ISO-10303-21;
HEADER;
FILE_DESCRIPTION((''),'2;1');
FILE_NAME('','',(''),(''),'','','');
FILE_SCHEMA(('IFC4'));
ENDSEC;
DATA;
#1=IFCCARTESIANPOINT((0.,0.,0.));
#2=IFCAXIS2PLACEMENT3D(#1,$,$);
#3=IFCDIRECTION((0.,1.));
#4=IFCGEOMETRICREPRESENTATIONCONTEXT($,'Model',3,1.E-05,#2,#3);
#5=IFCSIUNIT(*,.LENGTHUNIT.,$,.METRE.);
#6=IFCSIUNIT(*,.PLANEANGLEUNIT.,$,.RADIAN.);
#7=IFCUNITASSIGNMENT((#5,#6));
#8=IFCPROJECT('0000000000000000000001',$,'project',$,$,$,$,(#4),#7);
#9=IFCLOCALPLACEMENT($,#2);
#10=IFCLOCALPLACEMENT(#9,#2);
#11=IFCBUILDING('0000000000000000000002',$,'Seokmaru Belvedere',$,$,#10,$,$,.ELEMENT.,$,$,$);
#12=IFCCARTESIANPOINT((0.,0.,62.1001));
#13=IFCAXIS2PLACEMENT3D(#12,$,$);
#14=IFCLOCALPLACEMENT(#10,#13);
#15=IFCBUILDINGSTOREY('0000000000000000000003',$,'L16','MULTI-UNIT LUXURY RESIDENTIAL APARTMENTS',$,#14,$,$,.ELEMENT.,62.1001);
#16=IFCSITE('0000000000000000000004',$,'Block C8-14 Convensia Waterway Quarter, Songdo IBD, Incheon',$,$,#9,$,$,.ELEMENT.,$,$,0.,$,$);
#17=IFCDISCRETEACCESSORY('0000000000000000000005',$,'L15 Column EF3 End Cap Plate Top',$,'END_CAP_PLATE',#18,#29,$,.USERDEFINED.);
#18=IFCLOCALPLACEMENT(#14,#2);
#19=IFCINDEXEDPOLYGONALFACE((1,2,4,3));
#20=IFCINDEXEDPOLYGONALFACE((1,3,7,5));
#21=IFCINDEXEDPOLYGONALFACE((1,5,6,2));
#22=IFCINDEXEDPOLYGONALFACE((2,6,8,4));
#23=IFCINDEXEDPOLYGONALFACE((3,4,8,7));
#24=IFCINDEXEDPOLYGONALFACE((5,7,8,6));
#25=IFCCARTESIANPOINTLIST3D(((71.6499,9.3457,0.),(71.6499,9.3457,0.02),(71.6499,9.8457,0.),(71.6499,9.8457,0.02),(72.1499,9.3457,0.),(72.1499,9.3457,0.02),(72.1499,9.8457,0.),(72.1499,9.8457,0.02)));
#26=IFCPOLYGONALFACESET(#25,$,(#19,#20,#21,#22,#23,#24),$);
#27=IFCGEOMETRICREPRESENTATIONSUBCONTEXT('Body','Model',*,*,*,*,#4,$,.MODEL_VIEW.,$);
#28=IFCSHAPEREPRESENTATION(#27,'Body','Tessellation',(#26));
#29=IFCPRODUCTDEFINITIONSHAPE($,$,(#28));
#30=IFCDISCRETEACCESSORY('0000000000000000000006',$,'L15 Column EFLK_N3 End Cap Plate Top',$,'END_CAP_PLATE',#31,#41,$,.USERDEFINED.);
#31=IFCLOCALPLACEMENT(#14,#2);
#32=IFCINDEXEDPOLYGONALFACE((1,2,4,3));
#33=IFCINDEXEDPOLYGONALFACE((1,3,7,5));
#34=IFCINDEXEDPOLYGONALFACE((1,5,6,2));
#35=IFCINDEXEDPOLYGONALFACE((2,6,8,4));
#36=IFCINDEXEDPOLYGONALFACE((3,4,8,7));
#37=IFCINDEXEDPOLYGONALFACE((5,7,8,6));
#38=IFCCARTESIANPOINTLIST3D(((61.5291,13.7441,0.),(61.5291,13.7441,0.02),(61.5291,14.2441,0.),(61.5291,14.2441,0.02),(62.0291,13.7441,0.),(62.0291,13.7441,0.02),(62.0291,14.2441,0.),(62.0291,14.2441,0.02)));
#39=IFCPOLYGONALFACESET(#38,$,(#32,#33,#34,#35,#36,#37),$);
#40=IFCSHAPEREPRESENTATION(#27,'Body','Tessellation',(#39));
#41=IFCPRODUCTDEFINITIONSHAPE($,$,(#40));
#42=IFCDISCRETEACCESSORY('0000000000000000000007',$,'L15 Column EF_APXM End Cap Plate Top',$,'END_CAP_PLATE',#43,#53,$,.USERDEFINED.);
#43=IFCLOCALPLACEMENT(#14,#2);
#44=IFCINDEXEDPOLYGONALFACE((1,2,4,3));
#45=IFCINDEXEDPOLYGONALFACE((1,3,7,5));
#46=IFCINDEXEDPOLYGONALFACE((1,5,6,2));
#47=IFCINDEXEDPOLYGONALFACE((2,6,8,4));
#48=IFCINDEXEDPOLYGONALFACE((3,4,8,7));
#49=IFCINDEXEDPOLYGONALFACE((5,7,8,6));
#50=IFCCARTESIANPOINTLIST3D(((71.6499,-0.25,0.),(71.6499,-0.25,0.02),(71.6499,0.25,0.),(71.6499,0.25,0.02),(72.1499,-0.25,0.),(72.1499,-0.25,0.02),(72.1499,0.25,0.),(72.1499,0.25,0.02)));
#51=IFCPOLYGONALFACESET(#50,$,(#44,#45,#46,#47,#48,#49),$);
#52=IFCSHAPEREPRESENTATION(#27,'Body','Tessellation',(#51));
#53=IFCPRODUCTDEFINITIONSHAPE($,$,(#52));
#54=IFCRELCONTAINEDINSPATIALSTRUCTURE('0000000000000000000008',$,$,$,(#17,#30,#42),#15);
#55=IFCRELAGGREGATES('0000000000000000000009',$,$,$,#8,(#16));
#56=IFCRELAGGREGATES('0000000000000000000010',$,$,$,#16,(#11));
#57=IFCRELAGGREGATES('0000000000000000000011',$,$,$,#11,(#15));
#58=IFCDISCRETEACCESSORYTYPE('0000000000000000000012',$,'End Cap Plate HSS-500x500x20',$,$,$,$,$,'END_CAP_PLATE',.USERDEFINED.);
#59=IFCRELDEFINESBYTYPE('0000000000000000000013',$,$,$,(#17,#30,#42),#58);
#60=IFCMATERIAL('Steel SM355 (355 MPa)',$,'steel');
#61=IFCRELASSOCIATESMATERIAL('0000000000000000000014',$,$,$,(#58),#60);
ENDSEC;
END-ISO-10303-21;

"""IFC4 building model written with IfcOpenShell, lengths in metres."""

from ifc_helpers import new_model, si_unit, direction, frame, origin, origin_2d, place, context, subcontext, project, spatial, rectangle, extrude, source, transform, mapped, material, type_object, type_shapes, element, save


model = new_model("IFC4")

# Units and contexts
model_context = context("Model", 3, precision=1e-05, world=origin(), true_north=direction((0.0, 1.0)))
body_context = subcontext(model_context, "Body", "Model", "MODEL_VIEW")
ifc_project = project(units=[si_unit("LENGTHUNIT", "METRE"), si_unit("PLANEANGLEUNIT", "RADIAN")], contexts=[model_context])

# Site, building, storey
site_placement = place(None, origin())
site = spatial("IfcSite", under=ifc_project, at=site_placement, Name="Block C8-14 Convensia Waterway Quarter, Songdo IBD, Incheon", CompositionType="ELEMENT", RefElevation=0.0)
building_placement = place(site_placement, origin())
building = spatial("IfcBuilding", under=site, at=building_placement, Name="Seokmaru Belvedere", CompositionType="ELEMENT")
storey_placement = place(building_placement, frame((0.0, 0.0, 62.1001)))
storey = spatial("IfcBuildingStorey", under=building, at=storey_placement, Name="L16", Description="MULTI-UNIT LUXURY RESIDENTIAL APARTMENTS", CompositionType="ELEMENT", Elevation=62.1001)

# Shared definitions
ifc_material_1 = material(Name="Steel SM355 (355 MPa)", Category="steel")

# Discrete accessories
discrete_accessory_type = type_object("IfcDiscreteAccessoryType", Name="End Cap Plate HSS-500x500x20", ElementType="END_CAP_PLATE", PredefinedType="USERDEFINED", material=ifc_material_1)
shared_shape_1 = source(origin(), body_context, "Body", "SweptSolid", [
    extrude(rectangle(XDim=0.5, YDim=0.5, at=origin_2d()), origin(), (0.0, 0.0, 1.0), 0.02),
])
type_shapes(discrete_accessory_type, [shared_shape_1])
for number, where, z_axis, x_axis, name in (
    (1, (71.8999, 9.5957, 0.0), (0.0, 0.0, 1.0), (1.0, 0.0, 0.0), "L15 Column EF3 End Cap Plate Top"),
    (2, (61.7791, 13.9941, 0.0), (0.0, 0.0, 1.0), (1.0, 0.0, 0.0), "L15 Column EFLK_N3 End Cap Plate Top"),
    (3, (71.8999, 0.0, 0.0), (0.0, 0.0, 1.0), (1.0, 0.0, 0.0), "L15 Column EF_APXM End Cap Plate Top"),
):
    element("IfcDiscreteAccessory", number, at=place(storey_placement, frame(where, z_axis=z_axis, x_axis=x_axis)), inside=storey, type_object=discrete_accessory_type, Name=name, ObjectType="END_CAP_PLATE", PredefinedType="USERDEFINED", context=body_context, shape_type="MappedRepresentation", body=[
        mapped(shared_shape_1, transform((0.0, 0.0, 0.0), scale=1.0)),
    ])

save(model, "model.ifc")
